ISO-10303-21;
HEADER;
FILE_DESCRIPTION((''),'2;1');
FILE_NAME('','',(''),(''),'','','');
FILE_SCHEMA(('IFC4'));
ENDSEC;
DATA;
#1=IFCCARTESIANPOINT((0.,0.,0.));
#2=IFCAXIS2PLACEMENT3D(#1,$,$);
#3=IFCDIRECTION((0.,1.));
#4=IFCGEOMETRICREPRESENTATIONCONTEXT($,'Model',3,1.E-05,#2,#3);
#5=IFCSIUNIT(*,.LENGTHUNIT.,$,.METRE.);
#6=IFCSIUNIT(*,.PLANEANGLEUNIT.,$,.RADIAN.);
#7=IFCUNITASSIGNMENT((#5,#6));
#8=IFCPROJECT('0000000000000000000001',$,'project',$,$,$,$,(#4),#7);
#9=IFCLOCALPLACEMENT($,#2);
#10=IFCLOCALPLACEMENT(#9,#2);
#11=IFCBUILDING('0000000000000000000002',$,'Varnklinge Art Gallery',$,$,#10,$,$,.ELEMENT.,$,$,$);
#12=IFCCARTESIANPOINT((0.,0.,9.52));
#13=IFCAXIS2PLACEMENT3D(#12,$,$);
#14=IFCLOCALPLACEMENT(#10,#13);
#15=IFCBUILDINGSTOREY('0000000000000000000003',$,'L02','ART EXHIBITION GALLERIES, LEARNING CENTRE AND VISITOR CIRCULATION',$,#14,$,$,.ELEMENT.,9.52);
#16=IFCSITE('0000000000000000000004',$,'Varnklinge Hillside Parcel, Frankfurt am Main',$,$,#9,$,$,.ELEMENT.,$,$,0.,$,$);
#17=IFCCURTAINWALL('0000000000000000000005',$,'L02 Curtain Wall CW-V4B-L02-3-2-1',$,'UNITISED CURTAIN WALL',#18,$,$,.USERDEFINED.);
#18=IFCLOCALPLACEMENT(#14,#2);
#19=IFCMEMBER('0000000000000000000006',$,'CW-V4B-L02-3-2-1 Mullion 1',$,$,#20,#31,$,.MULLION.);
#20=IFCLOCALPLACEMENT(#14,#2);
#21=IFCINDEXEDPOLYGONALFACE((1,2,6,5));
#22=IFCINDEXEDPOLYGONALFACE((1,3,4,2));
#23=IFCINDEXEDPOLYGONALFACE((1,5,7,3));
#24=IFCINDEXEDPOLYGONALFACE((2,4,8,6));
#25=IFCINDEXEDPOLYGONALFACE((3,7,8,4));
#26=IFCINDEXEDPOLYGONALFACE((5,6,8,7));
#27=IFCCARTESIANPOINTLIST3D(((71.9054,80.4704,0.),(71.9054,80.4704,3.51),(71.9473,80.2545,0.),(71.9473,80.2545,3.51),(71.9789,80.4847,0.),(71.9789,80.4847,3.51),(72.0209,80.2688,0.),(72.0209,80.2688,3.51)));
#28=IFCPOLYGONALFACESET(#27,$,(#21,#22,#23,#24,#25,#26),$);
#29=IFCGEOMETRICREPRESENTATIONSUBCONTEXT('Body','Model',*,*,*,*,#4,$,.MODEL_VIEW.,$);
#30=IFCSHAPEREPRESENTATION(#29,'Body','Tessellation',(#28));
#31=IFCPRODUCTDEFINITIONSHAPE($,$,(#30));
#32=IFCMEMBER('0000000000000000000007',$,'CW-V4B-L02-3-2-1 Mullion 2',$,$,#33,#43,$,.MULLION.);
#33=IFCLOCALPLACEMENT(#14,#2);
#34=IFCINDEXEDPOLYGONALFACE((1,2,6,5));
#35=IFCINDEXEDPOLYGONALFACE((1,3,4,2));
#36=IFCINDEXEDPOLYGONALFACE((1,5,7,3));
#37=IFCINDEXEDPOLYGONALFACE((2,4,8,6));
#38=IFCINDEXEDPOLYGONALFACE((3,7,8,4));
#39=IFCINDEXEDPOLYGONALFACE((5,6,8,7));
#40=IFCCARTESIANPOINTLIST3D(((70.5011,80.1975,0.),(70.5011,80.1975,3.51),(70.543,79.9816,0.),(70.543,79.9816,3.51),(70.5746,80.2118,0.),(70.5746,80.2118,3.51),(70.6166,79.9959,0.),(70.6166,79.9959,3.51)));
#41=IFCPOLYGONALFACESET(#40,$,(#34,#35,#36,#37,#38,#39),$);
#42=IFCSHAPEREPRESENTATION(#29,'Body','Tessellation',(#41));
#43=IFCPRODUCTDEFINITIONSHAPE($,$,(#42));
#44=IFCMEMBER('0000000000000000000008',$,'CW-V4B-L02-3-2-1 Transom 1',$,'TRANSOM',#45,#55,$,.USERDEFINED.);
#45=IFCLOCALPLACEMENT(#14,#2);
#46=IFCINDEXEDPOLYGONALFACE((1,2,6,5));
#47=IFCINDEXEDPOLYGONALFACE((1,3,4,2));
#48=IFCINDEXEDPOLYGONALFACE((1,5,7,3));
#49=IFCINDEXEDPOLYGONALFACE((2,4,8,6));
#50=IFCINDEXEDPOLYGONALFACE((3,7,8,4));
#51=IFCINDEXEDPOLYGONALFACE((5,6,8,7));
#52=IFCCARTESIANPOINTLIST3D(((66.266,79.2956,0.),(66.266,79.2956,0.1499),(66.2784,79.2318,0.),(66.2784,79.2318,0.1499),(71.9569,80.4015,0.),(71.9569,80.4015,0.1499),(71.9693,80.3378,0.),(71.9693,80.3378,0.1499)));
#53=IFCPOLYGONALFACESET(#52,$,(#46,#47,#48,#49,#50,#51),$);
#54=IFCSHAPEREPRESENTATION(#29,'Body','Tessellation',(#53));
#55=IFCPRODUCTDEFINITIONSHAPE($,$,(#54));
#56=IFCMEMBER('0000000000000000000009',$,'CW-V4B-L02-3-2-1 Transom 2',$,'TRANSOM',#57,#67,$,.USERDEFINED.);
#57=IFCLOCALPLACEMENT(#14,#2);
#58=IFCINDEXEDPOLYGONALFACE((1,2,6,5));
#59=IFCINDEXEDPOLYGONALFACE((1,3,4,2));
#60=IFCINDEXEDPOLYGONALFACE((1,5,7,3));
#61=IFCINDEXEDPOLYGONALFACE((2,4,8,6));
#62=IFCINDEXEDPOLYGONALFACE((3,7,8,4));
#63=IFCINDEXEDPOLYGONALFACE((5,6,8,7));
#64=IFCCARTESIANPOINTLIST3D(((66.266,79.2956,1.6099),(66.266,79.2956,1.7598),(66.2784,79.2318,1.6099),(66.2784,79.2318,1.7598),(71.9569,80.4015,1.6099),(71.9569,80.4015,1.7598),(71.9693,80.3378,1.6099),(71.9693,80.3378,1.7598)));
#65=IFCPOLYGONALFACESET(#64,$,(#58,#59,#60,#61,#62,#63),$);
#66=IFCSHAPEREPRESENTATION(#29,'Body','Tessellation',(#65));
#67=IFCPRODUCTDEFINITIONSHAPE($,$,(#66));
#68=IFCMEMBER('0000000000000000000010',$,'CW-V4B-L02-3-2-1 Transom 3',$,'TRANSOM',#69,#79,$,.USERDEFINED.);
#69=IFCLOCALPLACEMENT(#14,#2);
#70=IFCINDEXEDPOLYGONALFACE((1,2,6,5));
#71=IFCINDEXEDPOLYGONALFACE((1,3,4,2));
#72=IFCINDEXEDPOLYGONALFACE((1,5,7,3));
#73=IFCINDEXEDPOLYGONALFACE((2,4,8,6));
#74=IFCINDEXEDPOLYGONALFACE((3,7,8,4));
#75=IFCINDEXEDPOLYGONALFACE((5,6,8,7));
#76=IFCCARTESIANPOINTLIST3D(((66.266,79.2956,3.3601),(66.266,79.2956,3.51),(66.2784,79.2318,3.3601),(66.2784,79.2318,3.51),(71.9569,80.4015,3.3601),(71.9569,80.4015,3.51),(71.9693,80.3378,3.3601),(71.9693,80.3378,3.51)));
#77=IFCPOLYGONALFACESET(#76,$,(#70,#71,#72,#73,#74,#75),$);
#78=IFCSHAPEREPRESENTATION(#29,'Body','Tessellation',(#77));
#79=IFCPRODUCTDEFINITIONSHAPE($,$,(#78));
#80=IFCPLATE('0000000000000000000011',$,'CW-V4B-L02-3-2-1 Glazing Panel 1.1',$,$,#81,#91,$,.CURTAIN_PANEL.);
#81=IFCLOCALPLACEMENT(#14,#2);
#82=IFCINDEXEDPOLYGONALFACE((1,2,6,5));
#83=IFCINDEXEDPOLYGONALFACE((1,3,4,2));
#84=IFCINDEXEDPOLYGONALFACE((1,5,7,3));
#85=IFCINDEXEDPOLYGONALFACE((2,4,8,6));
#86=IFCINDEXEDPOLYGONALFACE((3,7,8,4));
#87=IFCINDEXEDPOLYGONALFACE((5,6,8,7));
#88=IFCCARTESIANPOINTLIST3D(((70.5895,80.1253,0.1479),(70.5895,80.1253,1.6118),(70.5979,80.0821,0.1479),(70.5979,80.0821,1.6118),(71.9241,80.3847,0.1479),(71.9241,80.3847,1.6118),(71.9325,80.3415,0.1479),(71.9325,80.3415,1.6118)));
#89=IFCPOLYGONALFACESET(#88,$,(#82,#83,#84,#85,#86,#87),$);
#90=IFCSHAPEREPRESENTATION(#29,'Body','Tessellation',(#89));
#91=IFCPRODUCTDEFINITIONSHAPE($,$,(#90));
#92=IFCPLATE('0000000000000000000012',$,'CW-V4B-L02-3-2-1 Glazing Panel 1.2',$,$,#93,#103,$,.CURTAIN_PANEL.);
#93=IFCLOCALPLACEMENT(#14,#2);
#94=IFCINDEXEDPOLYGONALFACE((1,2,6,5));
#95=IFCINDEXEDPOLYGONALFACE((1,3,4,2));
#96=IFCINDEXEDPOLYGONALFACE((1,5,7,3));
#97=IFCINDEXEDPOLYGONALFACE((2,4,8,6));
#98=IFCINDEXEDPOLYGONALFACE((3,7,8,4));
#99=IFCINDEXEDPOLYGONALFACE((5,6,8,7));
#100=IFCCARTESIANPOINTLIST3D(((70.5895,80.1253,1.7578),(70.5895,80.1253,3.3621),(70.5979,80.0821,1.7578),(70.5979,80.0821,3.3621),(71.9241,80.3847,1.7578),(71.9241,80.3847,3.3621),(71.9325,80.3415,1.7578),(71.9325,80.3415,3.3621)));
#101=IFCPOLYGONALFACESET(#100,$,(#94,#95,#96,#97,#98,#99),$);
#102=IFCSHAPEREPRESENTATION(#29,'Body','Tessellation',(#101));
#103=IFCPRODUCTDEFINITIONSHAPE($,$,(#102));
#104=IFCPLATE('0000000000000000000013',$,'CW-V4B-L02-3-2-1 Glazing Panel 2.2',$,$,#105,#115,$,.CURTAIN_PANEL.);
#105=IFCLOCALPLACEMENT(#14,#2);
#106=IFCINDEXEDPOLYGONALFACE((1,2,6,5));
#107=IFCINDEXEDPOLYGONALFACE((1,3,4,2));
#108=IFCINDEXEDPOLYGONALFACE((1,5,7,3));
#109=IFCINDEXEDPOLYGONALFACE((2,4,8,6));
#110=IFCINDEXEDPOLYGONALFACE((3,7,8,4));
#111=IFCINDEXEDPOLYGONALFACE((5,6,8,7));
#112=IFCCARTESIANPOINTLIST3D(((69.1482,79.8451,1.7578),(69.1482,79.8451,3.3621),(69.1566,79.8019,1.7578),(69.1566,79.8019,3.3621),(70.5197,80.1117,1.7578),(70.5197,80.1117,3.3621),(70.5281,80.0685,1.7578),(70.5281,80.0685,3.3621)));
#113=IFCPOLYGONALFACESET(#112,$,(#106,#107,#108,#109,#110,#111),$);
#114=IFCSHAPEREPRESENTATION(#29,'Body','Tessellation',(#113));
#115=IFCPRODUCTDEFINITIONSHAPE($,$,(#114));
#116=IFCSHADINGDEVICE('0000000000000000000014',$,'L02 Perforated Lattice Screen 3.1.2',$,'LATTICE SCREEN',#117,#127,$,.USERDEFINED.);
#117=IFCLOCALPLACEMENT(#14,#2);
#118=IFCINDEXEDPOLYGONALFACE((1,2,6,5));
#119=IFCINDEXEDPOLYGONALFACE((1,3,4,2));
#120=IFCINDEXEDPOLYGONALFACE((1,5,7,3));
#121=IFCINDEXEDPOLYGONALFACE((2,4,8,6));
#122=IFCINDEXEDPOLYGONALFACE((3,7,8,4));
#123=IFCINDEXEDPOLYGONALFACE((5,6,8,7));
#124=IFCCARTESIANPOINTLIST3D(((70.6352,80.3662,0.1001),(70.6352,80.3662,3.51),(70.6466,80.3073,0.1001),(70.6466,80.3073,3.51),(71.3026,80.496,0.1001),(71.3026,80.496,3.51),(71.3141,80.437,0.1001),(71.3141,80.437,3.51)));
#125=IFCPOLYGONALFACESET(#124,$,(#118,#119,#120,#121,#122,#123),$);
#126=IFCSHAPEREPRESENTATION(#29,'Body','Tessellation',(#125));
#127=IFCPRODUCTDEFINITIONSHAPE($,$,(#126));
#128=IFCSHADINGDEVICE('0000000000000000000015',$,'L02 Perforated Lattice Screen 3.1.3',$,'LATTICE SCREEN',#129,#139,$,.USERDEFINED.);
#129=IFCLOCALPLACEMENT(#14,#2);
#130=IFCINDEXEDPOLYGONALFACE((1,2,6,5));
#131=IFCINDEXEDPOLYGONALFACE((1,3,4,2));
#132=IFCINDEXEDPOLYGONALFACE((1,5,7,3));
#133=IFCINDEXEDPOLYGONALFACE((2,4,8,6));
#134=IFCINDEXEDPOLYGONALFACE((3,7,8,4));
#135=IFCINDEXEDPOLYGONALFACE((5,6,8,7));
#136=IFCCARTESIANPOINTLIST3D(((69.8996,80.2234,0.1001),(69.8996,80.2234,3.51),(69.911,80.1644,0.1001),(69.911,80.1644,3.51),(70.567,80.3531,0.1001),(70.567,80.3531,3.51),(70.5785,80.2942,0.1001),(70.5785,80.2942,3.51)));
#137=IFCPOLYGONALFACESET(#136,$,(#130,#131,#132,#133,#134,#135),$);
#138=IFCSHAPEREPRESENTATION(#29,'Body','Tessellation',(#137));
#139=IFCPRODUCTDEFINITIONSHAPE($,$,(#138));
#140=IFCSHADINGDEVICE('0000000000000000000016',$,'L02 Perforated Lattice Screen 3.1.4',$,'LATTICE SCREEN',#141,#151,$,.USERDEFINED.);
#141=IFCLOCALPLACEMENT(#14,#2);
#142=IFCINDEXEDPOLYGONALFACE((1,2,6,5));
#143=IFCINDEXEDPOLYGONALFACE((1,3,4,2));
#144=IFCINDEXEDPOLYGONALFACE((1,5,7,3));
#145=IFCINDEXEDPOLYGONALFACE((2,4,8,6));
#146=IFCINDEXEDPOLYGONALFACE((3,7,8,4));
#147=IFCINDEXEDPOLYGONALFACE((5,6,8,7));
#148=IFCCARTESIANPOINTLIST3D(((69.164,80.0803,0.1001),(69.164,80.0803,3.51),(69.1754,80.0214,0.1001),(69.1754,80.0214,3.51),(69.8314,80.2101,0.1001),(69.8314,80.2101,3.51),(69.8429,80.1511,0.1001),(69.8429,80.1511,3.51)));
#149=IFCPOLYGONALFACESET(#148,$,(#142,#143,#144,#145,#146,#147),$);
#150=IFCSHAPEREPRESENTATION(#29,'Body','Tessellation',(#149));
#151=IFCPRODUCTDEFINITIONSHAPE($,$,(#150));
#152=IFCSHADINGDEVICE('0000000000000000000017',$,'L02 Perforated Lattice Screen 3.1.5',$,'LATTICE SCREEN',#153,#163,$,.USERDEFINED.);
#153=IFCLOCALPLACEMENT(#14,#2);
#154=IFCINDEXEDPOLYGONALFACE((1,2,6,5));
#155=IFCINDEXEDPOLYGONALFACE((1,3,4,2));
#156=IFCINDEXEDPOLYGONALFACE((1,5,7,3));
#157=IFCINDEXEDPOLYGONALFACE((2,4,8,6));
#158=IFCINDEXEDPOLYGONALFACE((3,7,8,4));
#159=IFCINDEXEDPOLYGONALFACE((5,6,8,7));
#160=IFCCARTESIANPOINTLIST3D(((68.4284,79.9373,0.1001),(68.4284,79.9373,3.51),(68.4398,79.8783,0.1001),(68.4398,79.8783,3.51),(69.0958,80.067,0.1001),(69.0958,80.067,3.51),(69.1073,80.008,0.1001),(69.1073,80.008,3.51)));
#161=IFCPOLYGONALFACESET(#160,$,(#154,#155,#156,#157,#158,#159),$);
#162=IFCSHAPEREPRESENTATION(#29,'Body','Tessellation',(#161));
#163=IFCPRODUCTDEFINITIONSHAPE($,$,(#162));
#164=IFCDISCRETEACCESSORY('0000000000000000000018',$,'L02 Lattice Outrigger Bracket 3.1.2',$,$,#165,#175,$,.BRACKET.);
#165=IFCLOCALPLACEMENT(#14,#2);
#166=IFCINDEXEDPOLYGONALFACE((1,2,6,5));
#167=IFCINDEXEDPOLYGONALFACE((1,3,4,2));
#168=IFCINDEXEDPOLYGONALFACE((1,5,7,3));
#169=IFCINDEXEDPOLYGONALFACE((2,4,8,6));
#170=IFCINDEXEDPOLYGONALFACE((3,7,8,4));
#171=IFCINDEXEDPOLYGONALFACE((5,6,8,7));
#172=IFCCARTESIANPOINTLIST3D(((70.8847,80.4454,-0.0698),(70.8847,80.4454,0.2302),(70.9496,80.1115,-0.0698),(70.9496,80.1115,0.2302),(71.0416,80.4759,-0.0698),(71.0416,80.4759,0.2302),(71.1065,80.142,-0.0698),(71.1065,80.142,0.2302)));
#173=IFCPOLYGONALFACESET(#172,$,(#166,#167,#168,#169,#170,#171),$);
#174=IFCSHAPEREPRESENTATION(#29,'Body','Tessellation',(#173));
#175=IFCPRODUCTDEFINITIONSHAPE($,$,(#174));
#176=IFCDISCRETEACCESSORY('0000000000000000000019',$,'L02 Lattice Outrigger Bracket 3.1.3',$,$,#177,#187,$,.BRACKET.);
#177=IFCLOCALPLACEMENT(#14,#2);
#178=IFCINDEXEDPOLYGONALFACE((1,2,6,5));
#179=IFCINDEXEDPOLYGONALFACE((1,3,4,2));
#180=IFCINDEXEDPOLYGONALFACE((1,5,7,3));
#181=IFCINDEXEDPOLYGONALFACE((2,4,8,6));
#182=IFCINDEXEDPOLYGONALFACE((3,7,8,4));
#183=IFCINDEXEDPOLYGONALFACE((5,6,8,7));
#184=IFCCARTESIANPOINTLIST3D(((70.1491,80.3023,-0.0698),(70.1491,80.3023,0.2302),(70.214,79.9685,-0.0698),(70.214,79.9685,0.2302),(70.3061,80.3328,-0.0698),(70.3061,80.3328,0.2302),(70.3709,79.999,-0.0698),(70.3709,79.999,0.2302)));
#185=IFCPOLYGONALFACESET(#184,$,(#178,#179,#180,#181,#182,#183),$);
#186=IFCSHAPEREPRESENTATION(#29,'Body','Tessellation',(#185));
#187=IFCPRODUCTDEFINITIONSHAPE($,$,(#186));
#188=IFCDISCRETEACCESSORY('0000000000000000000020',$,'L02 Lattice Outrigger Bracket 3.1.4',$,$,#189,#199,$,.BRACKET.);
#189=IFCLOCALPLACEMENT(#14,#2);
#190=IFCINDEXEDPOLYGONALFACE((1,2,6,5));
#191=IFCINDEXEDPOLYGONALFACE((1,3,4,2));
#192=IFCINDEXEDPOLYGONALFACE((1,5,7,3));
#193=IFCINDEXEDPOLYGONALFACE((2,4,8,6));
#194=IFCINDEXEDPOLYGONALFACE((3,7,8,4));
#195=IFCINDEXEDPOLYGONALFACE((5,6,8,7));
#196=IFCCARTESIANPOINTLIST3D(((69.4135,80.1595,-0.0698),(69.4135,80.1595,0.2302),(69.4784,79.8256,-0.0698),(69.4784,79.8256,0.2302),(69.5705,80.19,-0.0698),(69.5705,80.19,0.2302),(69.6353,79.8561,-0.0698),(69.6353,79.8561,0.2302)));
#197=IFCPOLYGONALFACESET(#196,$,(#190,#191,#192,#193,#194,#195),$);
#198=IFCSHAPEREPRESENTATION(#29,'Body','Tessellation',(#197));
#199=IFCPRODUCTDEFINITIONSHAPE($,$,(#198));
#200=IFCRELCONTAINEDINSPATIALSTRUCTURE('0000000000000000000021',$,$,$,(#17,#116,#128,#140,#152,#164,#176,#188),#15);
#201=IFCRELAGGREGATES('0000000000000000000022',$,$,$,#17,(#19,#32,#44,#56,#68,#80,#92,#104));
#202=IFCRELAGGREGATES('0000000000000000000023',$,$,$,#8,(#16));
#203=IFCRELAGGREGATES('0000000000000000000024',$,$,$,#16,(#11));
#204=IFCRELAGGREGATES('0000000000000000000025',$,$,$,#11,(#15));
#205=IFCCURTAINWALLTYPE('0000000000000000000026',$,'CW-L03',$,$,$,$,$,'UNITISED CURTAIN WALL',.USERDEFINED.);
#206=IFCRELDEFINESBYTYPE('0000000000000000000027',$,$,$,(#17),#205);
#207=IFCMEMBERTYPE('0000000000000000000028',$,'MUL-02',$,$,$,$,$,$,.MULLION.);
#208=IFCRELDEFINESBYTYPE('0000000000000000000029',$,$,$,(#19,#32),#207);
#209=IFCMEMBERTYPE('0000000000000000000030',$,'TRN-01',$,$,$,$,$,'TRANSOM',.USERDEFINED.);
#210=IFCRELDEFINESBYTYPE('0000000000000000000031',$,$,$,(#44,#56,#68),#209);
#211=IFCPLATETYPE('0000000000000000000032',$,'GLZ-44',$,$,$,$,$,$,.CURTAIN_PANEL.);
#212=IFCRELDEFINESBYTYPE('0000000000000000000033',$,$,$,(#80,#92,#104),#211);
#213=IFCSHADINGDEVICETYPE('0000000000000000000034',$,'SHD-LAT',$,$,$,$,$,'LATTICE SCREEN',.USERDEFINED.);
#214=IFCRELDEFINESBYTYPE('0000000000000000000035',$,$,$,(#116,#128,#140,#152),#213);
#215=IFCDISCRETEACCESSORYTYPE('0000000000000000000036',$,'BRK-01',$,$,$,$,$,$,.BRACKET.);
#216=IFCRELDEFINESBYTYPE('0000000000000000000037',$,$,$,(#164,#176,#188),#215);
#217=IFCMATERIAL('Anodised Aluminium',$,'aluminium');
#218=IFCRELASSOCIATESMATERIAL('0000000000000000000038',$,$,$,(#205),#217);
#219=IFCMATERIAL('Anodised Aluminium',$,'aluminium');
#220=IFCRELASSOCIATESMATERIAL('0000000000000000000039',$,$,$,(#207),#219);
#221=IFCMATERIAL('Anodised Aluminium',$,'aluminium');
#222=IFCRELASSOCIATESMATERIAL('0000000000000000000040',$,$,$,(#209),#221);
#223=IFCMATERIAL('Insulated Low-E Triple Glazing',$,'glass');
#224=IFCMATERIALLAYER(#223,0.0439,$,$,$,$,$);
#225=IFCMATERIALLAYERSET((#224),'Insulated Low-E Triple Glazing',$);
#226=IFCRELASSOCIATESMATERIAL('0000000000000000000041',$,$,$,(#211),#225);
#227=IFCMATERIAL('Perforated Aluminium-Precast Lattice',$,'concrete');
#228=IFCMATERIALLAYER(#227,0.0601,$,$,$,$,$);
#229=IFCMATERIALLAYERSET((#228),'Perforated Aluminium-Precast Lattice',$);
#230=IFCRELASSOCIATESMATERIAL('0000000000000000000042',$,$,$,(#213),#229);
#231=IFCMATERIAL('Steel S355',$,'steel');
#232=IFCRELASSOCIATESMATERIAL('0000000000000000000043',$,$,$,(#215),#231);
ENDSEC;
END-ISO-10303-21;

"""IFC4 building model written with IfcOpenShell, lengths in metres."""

from ifc_helpers import new_model, si_unit, direction, frame, origin, origin_2d, place, context, subcontext, project, spatial, rectangle, extrude, material, layer, layer_set, material_profile, profile_set, type_object, element, aggregate, save


model = new_model("IFC4")

# Units and contexts
model_context = context("Model", 3, precision=1e-05, world=origin(), true_north=direction((0.0, 1.0)))
body_context = subcontext(model_context, "Body", "Model", "MODEL_VIEW")
ifc_project = project(units=[si_unit("LENGTHUNIT", "METRE"), si_unit("PLANEANGLEUNIT", "RADIAN")], contexts=[model_context])

# Site, building, storey
site_placement = place(None, origin())
site = spatial("IfcSite", under=ifc_project, at=site_placement, Name="Varnklinge Hillside Parcel, Frankfurt am Main", CompositionType="ELEMENT", RefElevation=0.0)
building_placement = place(site_placement, origin())
building = spatial("IfcBuilding", under=site, at=building_placement, Name="Varnklinge Art Gallery", CompositionType="ELEMENT")
storey_placement = place(building_placement, frame((0.0, 0.0, 9.52)))
storey = spatial("IfcBuildingStorey", under=building, at=storey_placement, Name="L02", Description="ART EXHIBITION GALLERIES, LEARNING CENTRE AND VISITOR CIRCULATION", CompositionType="ELEMENT", Elevation=9.52)

# Curtain wall, members, plates
ifc_material_1 = material(Name="Anodised Aluminium", Category="aluminium")
curtain_wall_type = type_object("IfcCurtainWallType", Name="CW-L03", ElementType="UNITISED CURTAIN WALL", PredefinedType="USERDEFINED", material=ifc_material_1)
curtain_wall_placement = place(storey_placement, origin())
curtain_wall = element("IfcCurtainWall", 1, at=curtain_wall_placement, inside=storey, type_object=curtain_wall_type, Name="L02 Curtain Wall CW-V4B-L02-3-2-1", ObjectType="UNITISED CURTAIN WALL", PredefinedType="USERDEFINED")
ifc_material_2 = material(Name="Anodised Aluminium", Category="aluminium")
ifc_material_profile_1 = material_profile(ifc_material_2, rectangle(XDim=0.075, YDim=0.22, at=origin_2d()), Name="ALU 75x220")
ifc_profile_set_1 = profile_set([ifc_material_profile_1], Name="Anodised Aluminium")
member_type_1 = type_object("IfcMemberType", Name="MUL-02", PredefinedType="MULLION", material=ifc_profile_set_1)
member_1_placement = place(storey_placement, frame((71.9631, 80.3696, 0.0), z_axis=(0.0, 0.0, 1.0), x_axis=(-0.981627, -0.190809, 0.0)))
member_1 = element("IfcMember", 2, at=member_1_placement, type_object=member_type_1, Name="CW-V4B-L02-3-2-1 Mullion 1", PredefinedType="MULLION", context=body_context, shape_type="SweptSolid", body=[
    extrude(rectangle(XDim=0.075, YDim=0.22, at=origin_2d()), origin(), (0.0, 0.0, 1.0), 3.51),
])
member_2_placement = place(storey_placement, frame((70.5588, 80.0967, 0.0), z_axis=(0.0, 0.0, 1.0), x_axis=(-0.981627, -0.190809, 0.0)))
member_2 = element("IfcMember", 3, at=member_2_placement, type_object=member_type_1, Name="CW-V4B-L02-3-2-1 Mullion 2", PredefinedType="MULLION", context=body_context, shape_type="SweptSolid", body=[
    extrude(rectangle(XDim=0.075, YDim=0.22, at=origin_2d()), origin(), (0.0, 0.0, 1.0), 3.51),
])
ifc_material_3 = material(Name="Anodised Aluminium", Category="aluminium")
ifc_material_profile_2 = material_profile(ifc_material_3, rectangle(XDim=0.0649, YDim=0.1499, at=origin_2d()), Name="ALU 65x150")
ifc_profile_set_2 = profile_set([ifc_material_profile_2], Name="Anodised Aluminium")
member_type_2 = type_object("IfcMemberType", Name="TRN-01", ElementType="TRANSOM", PredefinedType="USERDEFINED", material=ifc_profile_set_2)
member_3_placement = place(storey_placement, frame((71.9631, 80.3696, 0.075), z_axis=(-0.981635, -0.190768, 0.0), x_axis=(0.190768, -0.981635, 0.0)))
member_3 = element("IfcMember", 4, at=member_3_placement, type_object=member_type_2, Name="CW-V4B-L02-3-2-1 Transom 1", ObjectType="TRANSOM", PredefinedType="USERDEFINED", context=body_context, shape_type="SweptSolid", body=[
    extrude(rectangle(XDim=0.0649, YDim=0.1499, at=origin_2d()), origin(), (0.0, 0.0, 1.0), 5.7974),
])
member_4_placement = place(storey_placement, frame((71.9631, 80.3696, 1.6848), z_axis=(-0.981635, -0.190768, 0.0), x_axis=(0.190768, -0.981635, 0.0)))
member_4 = element("IfcMember", 5, at=member_4_placement, type_object=member_type_2, Name="CW-V4B-L02-3-2-1 Transom 2", ObjectType="TRANSOM", PredefinedType="USERDEFINED", context=body_context, shape_type="SweptSolid", body=[
    extrude(rectangle(XDim=0.0649, YDim=0.1499, at=origin_2d()), origin(), (0.0, 0.0, 1.0), 5.7974),
])
member_5_placement = place(storey_placement, frame((71.9631, 80.3696, 3.4351), z_axis=(-0.981635, -0.190768, 0.0), x_axis=(0.190768, -0.981635, 0.0)))
member_5 = element("IfcMember", 6, at=member_5_placement, type_object=member_type_2, Name="CW-V4B-L02-3-2-1 Transom 3", ObjectType="TRANSOM", PredefinedType="USERDEFINED", context=body_context, shape_type="SweptSolid", body=[
    extrude(rectangle(XDim=0.0649, YDim=0.1499, at=origin_2d()), origin(), (0.0, 0.0, 1.0), 5.7974),
])
ifc_material_4 = material(Name="Insulated Low-E Triple Glazing", Category="glass")
ifc_layer_1 = layer(ifc_material_4, 0.0439)
ifc_layer_set_1 = layer_set([ifc_layer_1], Name="Insulated Low-E Triple Glazing")
plate_type = type_object("IfcPlateType", Name="GLZ-44", PredefinedType="CURTAIN_PANEL", material=ifc_layer_set_1)
plate_1_placement = place(storey_placement, frame((71.261, 80.2334, 0.1479), z_axis=(0.0, 0.0, 1.0), x_axis=(-0.981627, -0.190809, 0.0)))
plate_1 = element("IfcPlate", 7, at=plate_1_placement, type_object=plate_type, Name="CW-V4B-L02-3-2-1 Glazing Panel 1.1", PredefinedType="CURTAIN_PANEL", context=body_context, shape_type="SweptSolid", body=[
    extrude(rectangle(XDim=1.3596, YDim=0.0439, at=origin_2d()), origin(), (0.0, 0.0, 1.0), 1.4639),
])
plate_2_placement = place(storey_placement, frame((71.261, 80.2334, 1.7578), z_axis=(0.0, 0.0, 1.0), x_axis=(-0.981627, -0.190809, 0.0)))
plate_2 = element("IfcPlate", 8, at=plate_2_placement, type_object=plate_type, Name="CW-V4B-L02-3-2-1 Glazing Panel 1.2", PredefinedType="CURTAIN_PANEL", context=body_context, shape_type="SweptSolid", body=[
    extrude(rectangle(XDim=1.3596, YDim=0.0439, at=origin_2d()), origin(), (0.0, 0.0, 1.0), 1.6042),
])
plate_3_placement = place(storey_placement, frame((69.8381, 79.9568, 1.7578), z_axis=(0.0, 0.0, 1.0), x_axis=(-0.981627, -0.190809, 0.0)))
plate_3 = element("IfcPlate", 9, at=plate_3_placement, type_object=plate_type, Name="CW-V4B-L02-3-2-1 Glazing Panel 2.2", PredefinedType="CURTAIN_PANEL", context=body_context, shape_type="SweptSolid", body=[
    extrude(rectangle(XDim=1.3972, YDim=0.0439, at=origin_2d()), origin(), (0.0, 0.0, 1.0), 1.6042),
])
aggregate(curtain_wall, [member_1, member_2, member_3, member_4, member_5, plate_1, plate_2, plate_3])

# Shading devices
ifc_material_5 = material(Name="Perforated Aluminium-Precast Lattice", Category="concrete")
ifc_layer_2 = layer(ifc_material_5, 0.0601)
ifc_layer_set_2 = layer_set([ifc_layer_2], Name="Perforated Aluminium-Precast Lattice")
shading_device_type = type_object("IfcShadingDeviceType", Name="SHD-LAT", ElementType="LATTICE SCREEN", PredefinedType="USERDEFINED", material=ifc_layer_set_2)
for number, where, z_axis, x_axis, name in (
    (10, (70.9746, 80.4016, 0.1001), (0.0, 0.0, 1.0), (-0.981627, -0.190809, 0.0), "L02 Perforated Lattice Screen 3.1.2"),
    (11, (70.239, 80.2588, 0.1001), (0.0, 0.0, 1.0), (-0.981627, -0.190809, 0.0), "L02 Perforated Lattice Screen 3.1.3"),
    (12, (69.5034, 80.1157, 0.1001), (0.0, 0.0, 1.0), (-0.981627, -0.190809, 0.0), "L02 Perforated Lattice Screen 3.1.4"),
    (13, (68.7678, 79.9727, 0.1001), (0.0, 0.0, 1.0), (-0.981627, -0.190809, 0.0), "L02 Perforated Lattice Screen 3.1.5"),
):
    element("IfcShadingDevice", number, at=place(storey_placement, frame(where, z_axis=z_axis, x_axis=x_axis)), inside=storey, type_object=shading_device_type, Name=name, ObjectType="LATTICE SCREEN", PredefinedType="USERDEFINED", context=body_context, shape_type="SweptSolid", body=[
        extrude(rectangle(XDim=0.6799, YDim=0.0601, at=origin_2d()), origin(), (0.0, 0.0, 1.0), 3.4099),
    ])

# Discrete accessories
ifc_material_6 = material(Name="Steel S355", Category="steel")
discrete_accessory_type = type_object("IfcDiscreteAccessoryType", Name="BRK-01", PredefinedType="BRACKET", material=ifc_material_6)
for number, where, z_axis, x_axis, name in (
    (14, (70.9956, 80.2937, -0.0698), (0.0, 0.0, 1.0), (-0.981627, -0.190809, 0.0), "L02 Lattice Outrigger Bracket 3.1.2"),
    (15, (70.26, 80.1506, -0.0698), (0.0, 0.0, 1.0), (-0.981627, -0.190809, 0.0), "L02 Lattice Outrigger Bracket 3.1.3"),
    (16, (69.5244, 80.0078, -0.0698), (0.0, 0.0, 1.0), (-0.981627, -0.190809, 0.0), "L02 Lattice Outrigger Bracket 3.1.4"),
):
    element("IfcDiscreteAccessory", number, at=place(storey_placement, frame(where, z_axis=z_axis, x_axis=x_axis)), inside=storey, type_object=discrete_accessory_type, Name=name, PredefinedType="BRACKET", context=body_context, shape_type="SweptSolid", body=[
        extrude(rectangle(XDim=0.1599, YDim=0.3401, at=origin_2d()), origin(), (0.0, 0.0, 1.0), 0.3),
    ])

save(model, "model.ifc")
